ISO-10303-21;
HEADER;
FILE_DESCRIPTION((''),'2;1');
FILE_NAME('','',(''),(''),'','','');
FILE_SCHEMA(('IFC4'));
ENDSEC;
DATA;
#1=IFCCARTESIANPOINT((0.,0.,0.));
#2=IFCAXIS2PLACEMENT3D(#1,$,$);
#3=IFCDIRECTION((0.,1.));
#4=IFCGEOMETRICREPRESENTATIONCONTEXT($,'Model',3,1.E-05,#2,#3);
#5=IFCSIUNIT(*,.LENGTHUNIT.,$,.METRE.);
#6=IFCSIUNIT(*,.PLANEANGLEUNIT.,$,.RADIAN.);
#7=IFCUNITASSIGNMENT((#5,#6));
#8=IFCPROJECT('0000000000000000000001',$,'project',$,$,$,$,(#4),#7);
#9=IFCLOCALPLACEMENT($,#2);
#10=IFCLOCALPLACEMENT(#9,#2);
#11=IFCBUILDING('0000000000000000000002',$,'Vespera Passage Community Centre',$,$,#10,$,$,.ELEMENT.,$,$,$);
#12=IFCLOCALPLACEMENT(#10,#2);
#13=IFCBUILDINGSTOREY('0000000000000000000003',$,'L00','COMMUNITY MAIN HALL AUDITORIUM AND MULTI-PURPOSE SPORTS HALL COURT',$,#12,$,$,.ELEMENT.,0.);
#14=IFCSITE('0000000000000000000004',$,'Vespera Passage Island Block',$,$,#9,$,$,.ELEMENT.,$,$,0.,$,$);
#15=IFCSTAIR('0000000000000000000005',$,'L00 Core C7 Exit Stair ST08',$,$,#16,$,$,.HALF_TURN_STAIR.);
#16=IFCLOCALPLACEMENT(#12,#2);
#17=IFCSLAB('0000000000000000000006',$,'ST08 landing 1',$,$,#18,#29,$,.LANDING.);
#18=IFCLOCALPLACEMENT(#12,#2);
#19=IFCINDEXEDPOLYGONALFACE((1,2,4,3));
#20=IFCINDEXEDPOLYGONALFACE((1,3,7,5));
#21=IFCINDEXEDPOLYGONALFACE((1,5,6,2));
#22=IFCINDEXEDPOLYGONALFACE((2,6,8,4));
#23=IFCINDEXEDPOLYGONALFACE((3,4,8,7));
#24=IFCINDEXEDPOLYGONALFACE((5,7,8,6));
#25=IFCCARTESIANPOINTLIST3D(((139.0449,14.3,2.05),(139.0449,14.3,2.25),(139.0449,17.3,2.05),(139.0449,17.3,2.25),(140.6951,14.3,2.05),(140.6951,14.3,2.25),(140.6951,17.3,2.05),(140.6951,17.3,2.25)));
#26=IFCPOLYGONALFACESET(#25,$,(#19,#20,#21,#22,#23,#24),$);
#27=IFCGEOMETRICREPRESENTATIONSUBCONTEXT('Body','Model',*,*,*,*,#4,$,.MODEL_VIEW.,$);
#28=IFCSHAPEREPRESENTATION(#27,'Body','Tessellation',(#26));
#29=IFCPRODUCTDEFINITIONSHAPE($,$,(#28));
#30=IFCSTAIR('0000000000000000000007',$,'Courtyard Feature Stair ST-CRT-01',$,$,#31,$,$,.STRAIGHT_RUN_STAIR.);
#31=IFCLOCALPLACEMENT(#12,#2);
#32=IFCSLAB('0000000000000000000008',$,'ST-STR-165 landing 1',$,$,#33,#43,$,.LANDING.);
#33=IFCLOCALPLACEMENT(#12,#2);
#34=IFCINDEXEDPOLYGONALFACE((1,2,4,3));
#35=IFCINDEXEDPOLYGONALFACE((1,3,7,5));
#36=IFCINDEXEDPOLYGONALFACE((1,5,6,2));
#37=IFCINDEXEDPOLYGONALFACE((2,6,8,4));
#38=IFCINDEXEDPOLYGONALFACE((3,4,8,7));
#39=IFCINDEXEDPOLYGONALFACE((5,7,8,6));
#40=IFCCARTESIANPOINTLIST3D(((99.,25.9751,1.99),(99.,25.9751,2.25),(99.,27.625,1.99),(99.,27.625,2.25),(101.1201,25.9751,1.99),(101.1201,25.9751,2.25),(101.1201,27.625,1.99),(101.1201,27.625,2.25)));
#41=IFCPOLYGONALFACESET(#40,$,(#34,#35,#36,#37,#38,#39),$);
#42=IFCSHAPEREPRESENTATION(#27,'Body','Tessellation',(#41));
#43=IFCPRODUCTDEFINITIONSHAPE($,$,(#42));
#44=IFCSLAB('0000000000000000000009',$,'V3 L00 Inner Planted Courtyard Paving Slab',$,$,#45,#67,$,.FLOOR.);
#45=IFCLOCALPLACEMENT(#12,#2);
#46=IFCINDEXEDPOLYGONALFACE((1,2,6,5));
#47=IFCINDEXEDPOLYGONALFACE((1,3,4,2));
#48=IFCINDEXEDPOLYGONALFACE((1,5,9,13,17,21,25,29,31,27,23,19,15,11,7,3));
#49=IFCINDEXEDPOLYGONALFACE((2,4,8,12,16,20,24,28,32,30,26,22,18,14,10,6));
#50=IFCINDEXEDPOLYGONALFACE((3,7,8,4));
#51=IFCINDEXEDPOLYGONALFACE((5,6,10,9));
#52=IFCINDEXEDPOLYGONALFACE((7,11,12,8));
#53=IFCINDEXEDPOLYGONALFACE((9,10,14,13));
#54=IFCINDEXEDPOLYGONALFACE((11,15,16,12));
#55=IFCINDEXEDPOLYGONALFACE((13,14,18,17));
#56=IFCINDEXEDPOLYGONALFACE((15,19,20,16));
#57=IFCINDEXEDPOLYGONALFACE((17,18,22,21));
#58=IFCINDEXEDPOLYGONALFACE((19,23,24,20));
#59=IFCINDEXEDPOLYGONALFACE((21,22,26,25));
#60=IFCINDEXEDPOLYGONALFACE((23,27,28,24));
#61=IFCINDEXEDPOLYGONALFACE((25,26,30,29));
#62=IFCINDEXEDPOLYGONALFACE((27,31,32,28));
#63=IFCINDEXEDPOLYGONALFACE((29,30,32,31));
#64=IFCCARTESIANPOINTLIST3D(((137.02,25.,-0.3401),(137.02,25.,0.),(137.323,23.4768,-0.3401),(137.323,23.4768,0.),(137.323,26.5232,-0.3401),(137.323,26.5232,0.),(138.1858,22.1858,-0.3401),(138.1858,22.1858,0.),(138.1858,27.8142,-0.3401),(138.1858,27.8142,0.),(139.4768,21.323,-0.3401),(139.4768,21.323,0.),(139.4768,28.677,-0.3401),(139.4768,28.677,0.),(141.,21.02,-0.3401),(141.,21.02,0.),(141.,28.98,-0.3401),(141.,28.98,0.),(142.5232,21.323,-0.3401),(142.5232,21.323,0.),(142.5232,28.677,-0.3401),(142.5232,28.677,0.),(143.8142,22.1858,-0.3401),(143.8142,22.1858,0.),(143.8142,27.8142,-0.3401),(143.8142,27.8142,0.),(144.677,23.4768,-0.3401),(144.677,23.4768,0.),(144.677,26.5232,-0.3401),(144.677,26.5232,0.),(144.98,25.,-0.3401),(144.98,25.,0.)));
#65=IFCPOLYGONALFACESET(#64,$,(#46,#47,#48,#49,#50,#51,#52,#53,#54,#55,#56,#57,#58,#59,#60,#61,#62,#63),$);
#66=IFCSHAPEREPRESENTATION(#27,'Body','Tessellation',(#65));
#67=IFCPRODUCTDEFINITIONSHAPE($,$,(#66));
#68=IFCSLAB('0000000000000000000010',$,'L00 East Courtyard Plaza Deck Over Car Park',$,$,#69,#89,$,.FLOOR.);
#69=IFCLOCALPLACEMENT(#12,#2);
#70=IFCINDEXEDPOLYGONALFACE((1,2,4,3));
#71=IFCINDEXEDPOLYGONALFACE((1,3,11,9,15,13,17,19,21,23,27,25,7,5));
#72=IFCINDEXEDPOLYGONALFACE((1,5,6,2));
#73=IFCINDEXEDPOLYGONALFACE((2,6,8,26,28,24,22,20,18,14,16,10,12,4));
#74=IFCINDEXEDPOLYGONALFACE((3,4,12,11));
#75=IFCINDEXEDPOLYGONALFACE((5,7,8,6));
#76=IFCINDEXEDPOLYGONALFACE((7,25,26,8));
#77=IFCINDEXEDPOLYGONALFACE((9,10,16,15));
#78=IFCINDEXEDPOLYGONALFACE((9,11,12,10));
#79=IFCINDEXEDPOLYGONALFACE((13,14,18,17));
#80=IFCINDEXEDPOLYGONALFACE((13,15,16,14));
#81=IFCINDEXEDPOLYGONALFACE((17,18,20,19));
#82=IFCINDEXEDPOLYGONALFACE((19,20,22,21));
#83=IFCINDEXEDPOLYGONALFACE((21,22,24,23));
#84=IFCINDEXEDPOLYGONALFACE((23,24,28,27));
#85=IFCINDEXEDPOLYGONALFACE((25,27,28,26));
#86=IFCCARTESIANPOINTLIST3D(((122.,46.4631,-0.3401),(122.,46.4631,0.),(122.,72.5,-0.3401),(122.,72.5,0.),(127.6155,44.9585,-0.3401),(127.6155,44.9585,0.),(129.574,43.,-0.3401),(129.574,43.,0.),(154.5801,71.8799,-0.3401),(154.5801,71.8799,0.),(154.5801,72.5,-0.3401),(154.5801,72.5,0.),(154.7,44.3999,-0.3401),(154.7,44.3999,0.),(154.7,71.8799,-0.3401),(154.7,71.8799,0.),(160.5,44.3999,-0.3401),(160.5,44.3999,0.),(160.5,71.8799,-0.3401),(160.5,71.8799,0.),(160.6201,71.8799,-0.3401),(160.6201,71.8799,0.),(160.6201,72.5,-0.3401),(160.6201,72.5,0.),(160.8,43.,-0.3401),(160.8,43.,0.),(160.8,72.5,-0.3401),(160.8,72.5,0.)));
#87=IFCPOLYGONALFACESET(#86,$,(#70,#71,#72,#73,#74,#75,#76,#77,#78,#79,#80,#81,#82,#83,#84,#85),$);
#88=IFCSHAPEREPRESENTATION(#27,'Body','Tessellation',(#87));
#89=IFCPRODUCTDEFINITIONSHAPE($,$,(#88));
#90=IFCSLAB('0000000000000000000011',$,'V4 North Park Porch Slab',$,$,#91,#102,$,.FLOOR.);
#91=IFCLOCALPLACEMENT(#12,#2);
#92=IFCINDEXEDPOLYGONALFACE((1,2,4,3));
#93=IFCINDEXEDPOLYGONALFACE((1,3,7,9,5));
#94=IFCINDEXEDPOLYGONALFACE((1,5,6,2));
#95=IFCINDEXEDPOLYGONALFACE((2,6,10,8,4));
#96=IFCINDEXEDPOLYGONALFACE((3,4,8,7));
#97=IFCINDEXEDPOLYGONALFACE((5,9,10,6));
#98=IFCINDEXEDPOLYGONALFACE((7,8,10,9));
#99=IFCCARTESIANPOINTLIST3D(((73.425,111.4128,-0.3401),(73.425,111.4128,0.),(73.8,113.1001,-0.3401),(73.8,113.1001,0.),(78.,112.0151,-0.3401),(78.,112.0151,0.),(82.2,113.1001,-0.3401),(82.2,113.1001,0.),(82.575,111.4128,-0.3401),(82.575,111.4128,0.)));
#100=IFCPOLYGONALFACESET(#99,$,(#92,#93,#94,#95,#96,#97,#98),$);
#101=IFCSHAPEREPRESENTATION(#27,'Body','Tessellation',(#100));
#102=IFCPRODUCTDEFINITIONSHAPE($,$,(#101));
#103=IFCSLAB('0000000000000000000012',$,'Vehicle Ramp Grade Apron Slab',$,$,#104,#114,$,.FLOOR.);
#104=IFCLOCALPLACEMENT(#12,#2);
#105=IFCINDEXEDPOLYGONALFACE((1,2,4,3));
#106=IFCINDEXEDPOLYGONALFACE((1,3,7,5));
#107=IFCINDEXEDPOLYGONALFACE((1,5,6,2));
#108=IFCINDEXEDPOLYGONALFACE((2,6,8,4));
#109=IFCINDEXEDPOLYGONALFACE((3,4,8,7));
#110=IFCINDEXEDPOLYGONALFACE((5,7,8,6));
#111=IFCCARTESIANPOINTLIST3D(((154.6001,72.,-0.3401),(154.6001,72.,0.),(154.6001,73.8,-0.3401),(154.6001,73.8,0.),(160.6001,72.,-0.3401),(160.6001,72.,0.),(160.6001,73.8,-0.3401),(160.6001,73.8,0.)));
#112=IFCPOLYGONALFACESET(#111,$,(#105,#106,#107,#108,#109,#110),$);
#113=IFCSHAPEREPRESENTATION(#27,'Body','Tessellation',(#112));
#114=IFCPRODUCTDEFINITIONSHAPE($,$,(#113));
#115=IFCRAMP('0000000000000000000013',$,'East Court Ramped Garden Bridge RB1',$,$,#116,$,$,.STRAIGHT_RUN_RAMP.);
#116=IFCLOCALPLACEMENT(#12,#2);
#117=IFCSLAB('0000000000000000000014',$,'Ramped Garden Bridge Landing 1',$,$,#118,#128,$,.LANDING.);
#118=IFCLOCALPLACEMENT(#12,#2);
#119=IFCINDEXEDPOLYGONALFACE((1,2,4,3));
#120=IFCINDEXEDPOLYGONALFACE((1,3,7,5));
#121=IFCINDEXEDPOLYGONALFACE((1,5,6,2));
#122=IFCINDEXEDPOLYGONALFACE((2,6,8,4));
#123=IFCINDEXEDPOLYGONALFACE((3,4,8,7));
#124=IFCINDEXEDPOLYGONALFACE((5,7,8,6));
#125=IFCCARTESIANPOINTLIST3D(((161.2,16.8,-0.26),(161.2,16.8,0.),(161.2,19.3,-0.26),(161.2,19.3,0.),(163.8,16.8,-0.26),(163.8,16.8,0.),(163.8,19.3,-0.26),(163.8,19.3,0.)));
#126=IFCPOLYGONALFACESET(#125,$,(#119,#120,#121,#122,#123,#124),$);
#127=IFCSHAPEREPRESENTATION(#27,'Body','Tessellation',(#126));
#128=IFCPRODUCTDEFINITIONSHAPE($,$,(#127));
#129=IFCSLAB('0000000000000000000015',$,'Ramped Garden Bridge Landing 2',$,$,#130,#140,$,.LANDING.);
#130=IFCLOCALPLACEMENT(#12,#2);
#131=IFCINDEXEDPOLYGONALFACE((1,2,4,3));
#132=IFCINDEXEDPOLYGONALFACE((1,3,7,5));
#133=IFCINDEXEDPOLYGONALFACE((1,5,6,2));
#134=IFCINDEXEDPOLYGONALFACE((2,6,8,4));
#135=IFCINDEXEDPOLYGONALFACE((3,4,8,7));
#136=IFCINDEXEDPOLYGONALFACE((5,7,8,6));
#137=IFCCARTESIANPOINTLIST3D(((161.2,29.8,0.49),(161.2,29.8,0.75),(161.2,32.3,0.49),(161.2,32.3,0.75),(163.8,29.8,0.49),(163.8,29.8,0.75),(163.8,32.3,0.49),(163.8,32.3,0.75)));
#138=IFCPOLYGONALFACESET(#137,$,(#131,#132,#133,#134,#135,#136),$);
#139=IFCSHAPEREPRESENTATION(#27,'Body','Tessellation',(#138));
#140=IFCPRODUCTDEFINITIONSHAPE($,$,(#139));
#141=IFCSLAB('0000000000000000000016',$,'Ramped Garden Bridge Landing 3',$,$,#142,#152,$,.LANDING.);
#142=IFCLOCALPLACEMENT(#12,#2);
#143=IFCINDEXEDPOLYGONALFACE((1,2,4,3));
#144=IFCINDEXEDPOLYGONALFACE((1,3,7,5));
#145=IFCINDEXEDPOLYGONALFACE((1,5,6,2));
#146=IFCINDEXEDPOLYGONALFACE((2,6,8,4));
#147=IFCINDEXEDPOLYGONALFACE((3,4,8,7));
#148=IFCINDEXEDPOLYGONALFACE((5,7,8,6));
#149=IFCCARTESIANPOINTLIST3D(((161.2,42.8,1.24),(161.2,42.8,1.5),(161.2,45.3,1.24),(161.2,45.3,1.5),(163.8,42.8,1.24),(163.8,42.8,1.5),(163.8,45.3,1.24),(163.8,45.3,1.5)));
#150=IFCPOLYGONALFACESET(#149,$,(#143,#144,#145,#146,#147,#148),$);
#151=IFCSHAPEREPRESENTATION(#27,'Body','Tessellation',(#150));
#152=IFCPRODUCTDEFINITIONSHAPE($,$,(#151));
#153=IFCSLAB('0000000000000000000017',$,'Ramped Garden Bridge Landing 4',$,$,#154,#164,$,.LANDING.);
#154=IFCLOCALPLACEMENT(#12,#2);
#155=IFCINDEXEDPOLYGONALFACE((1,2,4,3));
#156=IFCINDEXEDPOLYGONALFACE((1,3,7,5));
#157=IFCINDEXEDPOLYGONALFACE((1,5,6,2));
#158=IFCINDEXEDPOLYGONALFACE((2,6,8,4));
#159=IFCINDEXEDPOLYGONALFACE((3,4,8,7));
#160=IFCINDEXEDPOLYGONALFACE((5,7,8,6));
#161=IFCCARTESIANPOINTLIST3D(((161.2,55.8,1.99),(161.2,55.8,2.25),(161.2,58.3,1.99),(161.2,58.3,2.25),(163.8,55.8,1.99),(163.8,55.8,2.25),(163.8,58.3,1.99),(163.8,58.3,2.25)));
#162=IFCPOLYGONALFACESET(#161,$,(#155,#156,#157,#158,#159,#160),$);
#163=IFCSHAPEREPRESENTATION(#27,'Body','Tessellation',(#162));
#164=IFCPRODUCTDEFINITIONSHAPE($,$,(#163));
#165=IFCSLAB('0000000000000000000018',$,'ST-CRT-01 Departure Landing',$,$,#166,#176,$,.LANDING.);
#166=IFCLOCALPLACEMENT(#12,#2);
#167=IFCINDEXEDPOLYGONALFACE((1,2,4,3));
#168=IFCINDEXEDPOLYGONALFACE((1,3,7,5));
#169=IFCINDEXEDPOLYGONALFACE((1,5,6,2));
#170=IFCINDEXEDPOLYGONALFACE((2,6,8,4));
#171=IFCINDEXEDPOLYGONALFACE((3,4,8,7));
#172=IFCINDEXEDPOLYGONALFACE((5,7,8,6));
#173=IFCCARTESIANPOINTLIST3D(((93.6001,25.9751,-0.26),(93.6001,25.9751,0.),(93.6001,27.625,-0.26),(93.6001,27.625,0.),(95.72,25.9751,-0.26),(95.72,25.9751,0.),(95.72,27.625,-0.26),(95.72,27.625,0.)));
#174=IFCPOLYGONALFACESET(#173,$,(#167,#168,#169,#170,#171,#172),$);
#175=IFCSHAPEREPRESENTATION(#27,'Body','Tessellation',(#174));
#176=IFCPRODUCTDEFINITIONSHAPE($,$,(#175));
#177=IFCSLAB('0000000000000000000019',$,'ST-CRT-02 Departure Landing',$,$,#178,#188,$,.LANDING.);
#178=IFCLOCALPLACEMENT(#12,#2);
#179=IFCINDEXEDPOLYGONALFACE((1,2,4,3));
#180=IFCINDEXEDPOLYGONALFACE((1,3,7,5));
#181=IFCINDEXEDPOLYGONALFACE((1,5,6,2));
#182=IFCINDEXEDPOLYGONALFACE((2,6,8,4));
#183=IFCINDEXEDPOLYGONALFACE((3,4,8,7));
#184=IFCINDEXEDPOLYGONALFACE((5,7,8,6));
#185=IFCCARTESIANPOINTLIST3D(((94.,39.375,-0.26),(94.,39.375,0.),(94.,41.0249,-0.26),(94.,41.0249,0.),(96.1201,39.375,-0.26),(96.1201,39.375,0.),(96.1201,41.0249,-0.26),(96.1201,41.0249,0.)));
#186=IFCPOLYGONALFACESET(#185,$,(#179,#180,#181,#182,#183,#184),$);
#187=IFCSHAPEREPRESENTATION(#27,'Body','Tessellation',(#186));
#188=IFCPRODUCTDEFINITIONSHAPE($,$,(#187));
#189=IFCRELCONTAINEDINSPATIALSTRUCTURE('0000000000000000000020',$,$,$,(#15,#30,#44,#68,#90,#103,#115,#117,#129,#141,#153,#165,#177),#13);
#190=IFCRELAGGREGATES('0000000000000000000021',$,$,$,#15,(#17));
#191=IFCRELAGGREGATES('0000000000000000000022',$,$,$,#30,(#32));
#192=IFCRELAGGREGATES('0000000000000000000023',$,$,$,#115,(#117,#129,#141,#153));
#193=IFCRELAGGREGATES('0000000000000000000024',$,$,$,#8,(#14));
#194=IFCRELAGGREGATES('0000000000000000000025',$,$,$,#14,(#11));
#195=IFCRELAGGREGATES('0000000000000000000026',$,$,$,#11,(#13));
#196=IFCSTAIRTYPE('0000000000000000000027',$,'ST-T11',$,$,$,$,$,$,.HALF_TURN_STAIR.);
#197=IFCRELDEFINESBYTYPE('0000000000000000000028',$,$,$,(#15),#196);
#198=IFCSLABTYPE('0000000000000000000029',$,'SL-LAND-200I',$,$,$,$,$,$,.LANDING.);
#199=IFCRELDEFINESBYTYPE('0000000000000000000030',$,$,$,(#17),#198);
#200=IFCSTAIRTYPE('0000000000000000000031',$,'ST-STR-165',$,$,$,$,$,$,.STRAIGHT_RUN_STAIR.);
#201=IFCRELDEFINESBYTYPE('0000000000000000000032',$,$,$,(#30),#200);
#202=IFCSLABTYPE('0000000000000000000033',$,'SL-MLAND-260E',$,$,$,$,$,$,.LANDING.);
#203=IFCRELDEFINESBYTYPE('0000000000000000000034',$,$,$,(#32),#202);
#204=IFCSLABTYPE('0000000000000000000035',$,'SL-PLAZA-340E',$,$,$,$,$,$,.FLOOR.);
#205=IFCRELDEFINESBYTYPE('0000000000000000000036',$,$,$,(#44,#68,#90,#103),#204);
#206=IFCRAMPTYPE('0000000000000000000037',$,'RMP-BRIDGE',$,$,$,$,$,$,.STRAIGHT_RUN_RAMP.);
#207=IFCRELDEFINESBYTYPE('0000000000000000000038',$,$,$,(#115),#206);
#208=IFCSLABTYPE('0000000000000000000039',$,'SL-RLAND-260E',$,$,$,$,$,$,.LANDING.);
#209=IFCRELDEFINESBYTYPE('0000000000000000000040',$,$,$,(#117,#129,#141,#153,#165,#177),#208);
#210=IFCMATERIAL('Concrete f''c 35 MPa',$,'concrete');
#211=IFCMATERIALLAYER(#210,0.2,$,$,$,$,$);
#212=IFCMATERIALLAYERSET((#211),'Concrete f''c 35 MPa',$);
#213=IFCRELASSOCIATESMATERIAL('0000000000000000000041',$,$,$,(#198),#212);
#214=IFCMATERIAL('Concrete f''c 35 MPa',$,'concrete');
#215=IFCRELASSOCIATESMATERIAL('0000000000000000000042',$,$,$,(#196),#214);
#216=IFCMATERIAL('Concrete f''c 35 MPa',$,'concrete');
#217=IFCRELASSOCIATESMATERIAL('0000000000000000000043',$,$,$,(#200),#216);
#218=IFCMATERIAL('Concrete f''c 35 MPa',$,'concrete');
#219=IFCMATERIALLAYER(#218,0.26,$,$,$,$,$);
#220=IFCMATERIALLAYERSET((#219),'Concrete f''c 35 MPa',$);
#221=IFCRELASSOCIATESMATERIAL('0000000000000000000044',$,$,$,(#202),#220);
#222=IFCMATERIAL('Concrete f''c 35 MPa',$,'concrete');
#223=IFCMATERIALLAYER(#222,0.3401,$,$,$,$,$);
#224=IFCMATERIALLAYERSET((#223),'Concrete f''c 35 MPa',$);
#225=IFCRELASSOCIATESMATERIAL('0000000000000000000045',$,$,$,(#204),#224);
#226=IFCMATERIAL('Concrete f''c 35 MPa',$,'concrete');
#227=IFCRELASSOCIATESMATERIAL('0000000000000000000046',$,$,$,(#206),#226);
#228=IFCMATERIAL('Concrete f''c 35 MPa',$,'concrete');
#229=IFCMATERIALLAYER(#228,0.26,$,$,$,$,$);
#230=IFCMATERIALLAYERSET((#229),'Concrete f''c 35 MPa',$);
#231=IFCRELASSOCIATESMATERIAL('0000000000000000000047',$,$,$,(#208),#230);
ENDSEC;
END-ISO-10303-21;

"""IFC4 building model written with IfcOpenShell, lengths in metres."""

from ifc_helpers import new_model, si_unit, direction, frame, origin, place, context, subcontext, project, spatial, polyline, outline, extrude, material, layer, layer_set, type_object, element, aggregate, save


model = new_model("IFC4")

# Units and contexts
model_context = context("Model", 3, precision=1e-05, world=origin(), true_north=direction((0.0, 1.0)))
body_context = subcontext(model_context, "Body", "Model", "MODEL_VIEW")
ifc_project = project(units=[si_unit("LENGTHUNIT", "METRE"), si_unit("PLANEANGLEUNIT", "RADIAN")], contexts=[model_context])

# Site, building, storey
site_placement = place(None, origin())
site = spatial("IfcSite", under=ifc_project, at=site_placement, Name="Vespera Passage Island Block", CompositionType="ELEMENT", RefElevation=0.0)
building_placement = place(site_placement, origin())
building = spatial("IfcBuilding", under=site, at=building_placement, Name="Vespera Passage Community Centre", CompositionType="ELEMENT")
storey_placement = place(building_placement, origin())
storey = spatial("IfcBuildingStorey", under=building, at=storey_placement, Name="L00", Description="COMMUNITY MAIN HALL AUDITORIUM AND MULTI-PURPOSE SPORTS HALL COURT", CompositionType="ELEMENT", Elevation=0.0)

# Stairs, slabs
ifc_material_1 = material(Name="Concrete f'c 35 MPa", Category="concrete")
ifc_layer_1 = layer(ifc_material_1, 0.2)
ifc_layer_set_1 = layer_set([ifc_layer_1], Name="Concrete f'c 35 MPa")
slab_type_1 = type_object("IfcSlabType", Name="SL-LAND-200I", PredefinedType="LANDING", material=ifc_layer_set_1)
ifc_material_2 = material(Name="Concrete f'c 35 MPa", Category="concrete")
stair_type_1 = type_object("IfcStairType", Name="ST-T11", PredefinedType="HALF_TURN_STAIR", material=ifc_material_2)
stair_1_placement = place(storey_placement, origin())
stair_1 = element("IfcStair", 1, at=stair_1_placement, inside=storey, type_object=stair_type_1, Name="L00 Core C7 Exit Stair ST08", PredefinedType="HALF_TURN_STAIR")
slab_1_placement = place(storey_placement, frame((0.0, 0.0, 2.05)))
slab_1 = element("IfcSlab", 2, at=slab_1_placement, type_object=slab_type_1, Name="ST08 landing 1", PredefinedType="LANDING", context=body_context, shape_type="SweptSolid", body=[
    extrude(outline(polyline([(140.6951, 17.3), (139.0449, 17.3), (139.0449, 14.3), (140.6951, 14.3), (140.6951, 17.3)])), origin(), (0.0, 0.0, 1.0), 0.2),
])
aggregate(stair_1, [slab_1])
ifc_material_3 = material(Name="Concrete f'c 35 MPa", Category="concrete")
stair_type_2 = type_object("IfcStairType", Name="ST-STR-165", PredefinedType="STRAIGHT_RUN_STAIR", material=ifc_material_3)
stair_2_placement = place(storey_placement, origin())
stair_2 = element("IfcStair", 3, at=stair_2_placement, inside=storey, type_object=stair_type_2, Name="Courtyard Feature Stair ST-CRT-01", PredefinedType="STRAIGHT_RUN_STAIR")
ifc_material_4 = material(Name="Concrete f'c 35 MPa", Category="concrete")
ifc_layer_2 = layer(ifc_material_4, 0.26)
ifc_layer_set_2 = layer_set([ifc_layer_2], Name="Concrete f'c 35 MPa")
slab_type_2 = type_object("IfcSlabType", Name="SL-MLAND-260E", PredefinedType="LANDING", material=ifc_layer_set_2)
slab_2_placement = place(storey_placement, frame((0.0, 0.0, 1.99)))
slab_2 = element("IfcSlab", 4, at=slab_2_placement, type_object=slab_type_2, Name="ST-STR-165 landing 1", PredefinedType="LANDING", context=body_context, shape_type="SweptSolid", body=[
    extrude(outline(polyline([(99.0, 25.9751), (101.1201, 25.9751), (101.1201, 27.625), (99.0, 27.625), (99.0, 25.9751)])), origin(), (0.0, 0.0, 1.0), 0.26),
])
aggregate(stair_2, [slab_2])

# Slabs
ifc_material_5 = material(Name="Concrete f'c 35 MPa", Category="concrete")
ifc_layer_3 = layer(ifc_material_5, 0.3401)
ifc_layer_set_3 = layer_set([ifc_layer_3], Name="Concrete f'c 35 MPa")
slab_type_3 = type_object("IfcSlabType", Name="SL-PLAZA-340E", PredefinedType="FLOOR", material=ifc_layer_set_3)
slab_3_placement = place(storey_placement, frame((0.0, 0.0, -0.3401)))
element("IfcSlab", 5, at=slab_3_placement, inside=storey, type_object=slab_type_3, Name="V3 L00 Inner Planted Courtyard Paving Slab", PredefinedType="FLOOR", context=body_context, shape_type="SweptSolid", body=[
    extrude(outline(polyline([(144.98, 25.0), (144.677, 26.5232), (143.8142, 27.8142), (142.5232, 28.677), (141.0, 28.98), (139.4768, 28.677), (138.1858, 27.8142), (137.323, 26.5232), (137.02, 25.0), (137.323, 23.4768), (138.1858, 22.1858), (139.4768, 21.323), (141.0, 21.02), (142.5232, 21.323), (143.8142, 22.1858), (144.677, 23.4768), (144.98, 25.0)])), origin(), (0.0, 0.0, 1.0), 0.3401),
])
slab_4_placement = place(storey_placement, frame((0.0, 0.0, -0.3401)))
element("IfcSlab", 6, at=slab_4_placement, inside=storey, type_object=slab_type_3, Name="L00 East Courtyard Plaza Deck Over Car Park", PredefinedType="FLOOR", context=body_context, shape_type="SweptSolid", body=[
    extrude(outline(polyline([(129.574, 43.0), (127.6155, 44.9585), (122.0, 46.4631), (122.0, 72.5), (154.5801, 72.5), (154.5801, 71.8799), (154.7, 71.8799), (154.7, 44.3999), (160.5, 44.3999), (160.5, 71.8799), (160.6201, 71.8799), (160.6201, 72.5), (160.8, 72.5), (160.8, 43.0), (129.574, 43.0)])), origin(), (0.0, 0.0, 1.0), 0.3401),
])
slab_5_placement = place(storey_placement, frame((0.0, 0.0, -0.3401)))
element("IfcSlab", 7, at=slab_5_placement, inside=storey, type_object=slab_type_3, Name="V4 North Park Porch Slab", PredefinedType="FLOOR", context=body_context, shape_type="SweptSolid", body=[
    extrude(outline(polyline([(73.8, 113.1001), (82.2, 113.1001), (82.575, 111.4128), (78.0, 112.0151), (73.425, 111.4128), (73.8, 113.1001)])), origin(), (0.0, 0.0, 1.0), 0.3401),
])
slab_6_placement = place(storey_placement, frame((0.0, 0.0, -0.3401)))
element("IfcSlab", 8, at=slab_6_placement, inside=storey, type_object=slab_type_3, Name="Vehicle Ramp Grade Apron Slab", PredefinedType="FLOOR", context=body_context, shape_type="SweptSolid", body=[
    extrude(outline(polyline([(154.6001, 72.0), (160.6001, 72.0), (160.6001, 73.8), (154.6001, 73.8), (154.6001, 72.0)])), origin(), (0.0, 0.0, 1.0), 0.3401),
])

# Ramp, slabs
ifc_material_6 = material(Name="Concrete f'c 35 MPa", Category="concrete")
ramp_type = type_object("IfcRampType", Name="RMP-BRIDGE", PredefinedType="STRAIGHT_RUN_RAMP", material=ifc_material_6)
ramp_placement = place(storey_placement, origin())
ramp = element("IfcRamp", 9, at=ramp_placement, inside=storey, type_object=ramp_type, Name="East Court Ramped Garden Bridge RB1", PredefinedType="STRAIGHT_RUN_RAMP")
ifc_material_7 = material(Name="Concrete f'c 35 MPa", Category="concrete")
ifc_layer_4 = layer(ifc_material_7, 0.26)
ifc_layer_set_4 = layer_set([ifc_layer_4], Name="Concrete f'c 35 MPa")
slab_type_4 = type_object("IfcSlabType", Name="SL-RLAND-260E", PredefinedType="LANDING", material=ifc_layer_set_4)
slab_7_placement = place(storey_placement, frame((0.0, 0.0, -0.26)))
slab_7 = element("IfcSlab", 10, at=slab_7_placement, inside=storey, type_object=slab_type_4, Name="Ramped Garden Bridge Landing 1", PredefinedType="LANDING", context=body_context, shape_type="SweptSolid", body=[
    extrude(outline(polyline([(161.2, 16.8), (163.8, 16.8), (163.8, 19.3), (161.2, 19.3), (161.2, 16.8)])), origin(), (0.0, 0.0, 1.0), 0.26),
])
slab_8_placement = place(storey_placement, frame((0.0, 0.0, 0.49)))
slab_8 = element("IfcSlab", 11, at=slab_8_placement, inside=storey, type_object=slab_type_4, Name="Ramped Garden Bridge Landing 2", PredefinedType="LANDING", context=body_context, shape_type="SweptSolid", body=[
    extrude(outline(polyline([(161.2, 29.8), (163.8, 29.8), (163.8, 32.3), (161.2, 32.3), (161.2, 29.8)])), origin(), (0.0, 0.0, 1.0), 0.26),
])
slab_9_placement = place(storey_placement, frame((0.0, 0.0, 1.24)))
slab_9 = element("IfcSlab", 12, at=slab_9_placement, inside=storey, type_object=slab_type_4, Name="Ramped Garden Bridge Landing 3", PredefinedType="LANDING", context=body_context, shape_type="SweptSolid", body=[
    extrude(outline(polyline([(161.2, 42.8), (163.8, 42.8), (163.8, 45.3), (161.2, 45.3), (161.2, 42.8)])), origin(), (0.0, 0.0, 1.0), 0.26),
])
slab_10_placement = place(storey_placement, frame((0.0, 0.0, 1.99)))
slab_10 = element("IfcSlab", 13, at=slab_10_placement, inside=storey, type_object=slab_type_4, Name="Ramped Garden Bridge Landing 4", PredefinedType="LANDING", context=body_context, shape_type="SweptSolid", body=[
    extrude(outline(polyline([(161.2, 55.8), (163.8, 55.8), (163.8, 58.3), (161.2, 58.3), (161.2, 55.8)])), origin(), (0.0, 0.0, 1.0), 0.26),
])
aggregate(ramp, [slab_7, slab_8, slab_9, slab_10])

# Slabs
slab_11_placement = place(storey_placement, frame((0.0, 0.0, -0.26)))
element("IfcSlab", 14, at=slab_11_placement, inside=storey, type_object=slab_type_4, Name="ST-CRT-01 Departure Landing", PredefinedType="LANDING", context=body_context, shape_type="SweptSolid", body=[
    extrude(outline(polyline([(93.6001, 25.9751), (95.72, 25.9751), (95.72, 27.625), (93.6001, 27.625), (93.6001, 25.9751)])), origin(), (0.0, 0.0, 1.0), 0.26),
])
slab_12_placement = place(storey_placement, frame((0.0, 0.0, -0.26)))
element("IfcSlab", 15, at=slab_12_placement, inside=storey, type_object=slab_type_4, Name="ST-CRT-02 Departure Landing", PredefinedType="LANDING", context=body_context, shape_type="SweptSolid", body=[
    extrude(outline(polyline([(94.0, 39.375), (96.1201, 39.375), (96.1201, 41.0249), (94.0, 41.0249), (94.0, 39.375)])), origin(), (0.0, 0.0, 1.0), 0.26),
])

save(model, "model.ifc")
